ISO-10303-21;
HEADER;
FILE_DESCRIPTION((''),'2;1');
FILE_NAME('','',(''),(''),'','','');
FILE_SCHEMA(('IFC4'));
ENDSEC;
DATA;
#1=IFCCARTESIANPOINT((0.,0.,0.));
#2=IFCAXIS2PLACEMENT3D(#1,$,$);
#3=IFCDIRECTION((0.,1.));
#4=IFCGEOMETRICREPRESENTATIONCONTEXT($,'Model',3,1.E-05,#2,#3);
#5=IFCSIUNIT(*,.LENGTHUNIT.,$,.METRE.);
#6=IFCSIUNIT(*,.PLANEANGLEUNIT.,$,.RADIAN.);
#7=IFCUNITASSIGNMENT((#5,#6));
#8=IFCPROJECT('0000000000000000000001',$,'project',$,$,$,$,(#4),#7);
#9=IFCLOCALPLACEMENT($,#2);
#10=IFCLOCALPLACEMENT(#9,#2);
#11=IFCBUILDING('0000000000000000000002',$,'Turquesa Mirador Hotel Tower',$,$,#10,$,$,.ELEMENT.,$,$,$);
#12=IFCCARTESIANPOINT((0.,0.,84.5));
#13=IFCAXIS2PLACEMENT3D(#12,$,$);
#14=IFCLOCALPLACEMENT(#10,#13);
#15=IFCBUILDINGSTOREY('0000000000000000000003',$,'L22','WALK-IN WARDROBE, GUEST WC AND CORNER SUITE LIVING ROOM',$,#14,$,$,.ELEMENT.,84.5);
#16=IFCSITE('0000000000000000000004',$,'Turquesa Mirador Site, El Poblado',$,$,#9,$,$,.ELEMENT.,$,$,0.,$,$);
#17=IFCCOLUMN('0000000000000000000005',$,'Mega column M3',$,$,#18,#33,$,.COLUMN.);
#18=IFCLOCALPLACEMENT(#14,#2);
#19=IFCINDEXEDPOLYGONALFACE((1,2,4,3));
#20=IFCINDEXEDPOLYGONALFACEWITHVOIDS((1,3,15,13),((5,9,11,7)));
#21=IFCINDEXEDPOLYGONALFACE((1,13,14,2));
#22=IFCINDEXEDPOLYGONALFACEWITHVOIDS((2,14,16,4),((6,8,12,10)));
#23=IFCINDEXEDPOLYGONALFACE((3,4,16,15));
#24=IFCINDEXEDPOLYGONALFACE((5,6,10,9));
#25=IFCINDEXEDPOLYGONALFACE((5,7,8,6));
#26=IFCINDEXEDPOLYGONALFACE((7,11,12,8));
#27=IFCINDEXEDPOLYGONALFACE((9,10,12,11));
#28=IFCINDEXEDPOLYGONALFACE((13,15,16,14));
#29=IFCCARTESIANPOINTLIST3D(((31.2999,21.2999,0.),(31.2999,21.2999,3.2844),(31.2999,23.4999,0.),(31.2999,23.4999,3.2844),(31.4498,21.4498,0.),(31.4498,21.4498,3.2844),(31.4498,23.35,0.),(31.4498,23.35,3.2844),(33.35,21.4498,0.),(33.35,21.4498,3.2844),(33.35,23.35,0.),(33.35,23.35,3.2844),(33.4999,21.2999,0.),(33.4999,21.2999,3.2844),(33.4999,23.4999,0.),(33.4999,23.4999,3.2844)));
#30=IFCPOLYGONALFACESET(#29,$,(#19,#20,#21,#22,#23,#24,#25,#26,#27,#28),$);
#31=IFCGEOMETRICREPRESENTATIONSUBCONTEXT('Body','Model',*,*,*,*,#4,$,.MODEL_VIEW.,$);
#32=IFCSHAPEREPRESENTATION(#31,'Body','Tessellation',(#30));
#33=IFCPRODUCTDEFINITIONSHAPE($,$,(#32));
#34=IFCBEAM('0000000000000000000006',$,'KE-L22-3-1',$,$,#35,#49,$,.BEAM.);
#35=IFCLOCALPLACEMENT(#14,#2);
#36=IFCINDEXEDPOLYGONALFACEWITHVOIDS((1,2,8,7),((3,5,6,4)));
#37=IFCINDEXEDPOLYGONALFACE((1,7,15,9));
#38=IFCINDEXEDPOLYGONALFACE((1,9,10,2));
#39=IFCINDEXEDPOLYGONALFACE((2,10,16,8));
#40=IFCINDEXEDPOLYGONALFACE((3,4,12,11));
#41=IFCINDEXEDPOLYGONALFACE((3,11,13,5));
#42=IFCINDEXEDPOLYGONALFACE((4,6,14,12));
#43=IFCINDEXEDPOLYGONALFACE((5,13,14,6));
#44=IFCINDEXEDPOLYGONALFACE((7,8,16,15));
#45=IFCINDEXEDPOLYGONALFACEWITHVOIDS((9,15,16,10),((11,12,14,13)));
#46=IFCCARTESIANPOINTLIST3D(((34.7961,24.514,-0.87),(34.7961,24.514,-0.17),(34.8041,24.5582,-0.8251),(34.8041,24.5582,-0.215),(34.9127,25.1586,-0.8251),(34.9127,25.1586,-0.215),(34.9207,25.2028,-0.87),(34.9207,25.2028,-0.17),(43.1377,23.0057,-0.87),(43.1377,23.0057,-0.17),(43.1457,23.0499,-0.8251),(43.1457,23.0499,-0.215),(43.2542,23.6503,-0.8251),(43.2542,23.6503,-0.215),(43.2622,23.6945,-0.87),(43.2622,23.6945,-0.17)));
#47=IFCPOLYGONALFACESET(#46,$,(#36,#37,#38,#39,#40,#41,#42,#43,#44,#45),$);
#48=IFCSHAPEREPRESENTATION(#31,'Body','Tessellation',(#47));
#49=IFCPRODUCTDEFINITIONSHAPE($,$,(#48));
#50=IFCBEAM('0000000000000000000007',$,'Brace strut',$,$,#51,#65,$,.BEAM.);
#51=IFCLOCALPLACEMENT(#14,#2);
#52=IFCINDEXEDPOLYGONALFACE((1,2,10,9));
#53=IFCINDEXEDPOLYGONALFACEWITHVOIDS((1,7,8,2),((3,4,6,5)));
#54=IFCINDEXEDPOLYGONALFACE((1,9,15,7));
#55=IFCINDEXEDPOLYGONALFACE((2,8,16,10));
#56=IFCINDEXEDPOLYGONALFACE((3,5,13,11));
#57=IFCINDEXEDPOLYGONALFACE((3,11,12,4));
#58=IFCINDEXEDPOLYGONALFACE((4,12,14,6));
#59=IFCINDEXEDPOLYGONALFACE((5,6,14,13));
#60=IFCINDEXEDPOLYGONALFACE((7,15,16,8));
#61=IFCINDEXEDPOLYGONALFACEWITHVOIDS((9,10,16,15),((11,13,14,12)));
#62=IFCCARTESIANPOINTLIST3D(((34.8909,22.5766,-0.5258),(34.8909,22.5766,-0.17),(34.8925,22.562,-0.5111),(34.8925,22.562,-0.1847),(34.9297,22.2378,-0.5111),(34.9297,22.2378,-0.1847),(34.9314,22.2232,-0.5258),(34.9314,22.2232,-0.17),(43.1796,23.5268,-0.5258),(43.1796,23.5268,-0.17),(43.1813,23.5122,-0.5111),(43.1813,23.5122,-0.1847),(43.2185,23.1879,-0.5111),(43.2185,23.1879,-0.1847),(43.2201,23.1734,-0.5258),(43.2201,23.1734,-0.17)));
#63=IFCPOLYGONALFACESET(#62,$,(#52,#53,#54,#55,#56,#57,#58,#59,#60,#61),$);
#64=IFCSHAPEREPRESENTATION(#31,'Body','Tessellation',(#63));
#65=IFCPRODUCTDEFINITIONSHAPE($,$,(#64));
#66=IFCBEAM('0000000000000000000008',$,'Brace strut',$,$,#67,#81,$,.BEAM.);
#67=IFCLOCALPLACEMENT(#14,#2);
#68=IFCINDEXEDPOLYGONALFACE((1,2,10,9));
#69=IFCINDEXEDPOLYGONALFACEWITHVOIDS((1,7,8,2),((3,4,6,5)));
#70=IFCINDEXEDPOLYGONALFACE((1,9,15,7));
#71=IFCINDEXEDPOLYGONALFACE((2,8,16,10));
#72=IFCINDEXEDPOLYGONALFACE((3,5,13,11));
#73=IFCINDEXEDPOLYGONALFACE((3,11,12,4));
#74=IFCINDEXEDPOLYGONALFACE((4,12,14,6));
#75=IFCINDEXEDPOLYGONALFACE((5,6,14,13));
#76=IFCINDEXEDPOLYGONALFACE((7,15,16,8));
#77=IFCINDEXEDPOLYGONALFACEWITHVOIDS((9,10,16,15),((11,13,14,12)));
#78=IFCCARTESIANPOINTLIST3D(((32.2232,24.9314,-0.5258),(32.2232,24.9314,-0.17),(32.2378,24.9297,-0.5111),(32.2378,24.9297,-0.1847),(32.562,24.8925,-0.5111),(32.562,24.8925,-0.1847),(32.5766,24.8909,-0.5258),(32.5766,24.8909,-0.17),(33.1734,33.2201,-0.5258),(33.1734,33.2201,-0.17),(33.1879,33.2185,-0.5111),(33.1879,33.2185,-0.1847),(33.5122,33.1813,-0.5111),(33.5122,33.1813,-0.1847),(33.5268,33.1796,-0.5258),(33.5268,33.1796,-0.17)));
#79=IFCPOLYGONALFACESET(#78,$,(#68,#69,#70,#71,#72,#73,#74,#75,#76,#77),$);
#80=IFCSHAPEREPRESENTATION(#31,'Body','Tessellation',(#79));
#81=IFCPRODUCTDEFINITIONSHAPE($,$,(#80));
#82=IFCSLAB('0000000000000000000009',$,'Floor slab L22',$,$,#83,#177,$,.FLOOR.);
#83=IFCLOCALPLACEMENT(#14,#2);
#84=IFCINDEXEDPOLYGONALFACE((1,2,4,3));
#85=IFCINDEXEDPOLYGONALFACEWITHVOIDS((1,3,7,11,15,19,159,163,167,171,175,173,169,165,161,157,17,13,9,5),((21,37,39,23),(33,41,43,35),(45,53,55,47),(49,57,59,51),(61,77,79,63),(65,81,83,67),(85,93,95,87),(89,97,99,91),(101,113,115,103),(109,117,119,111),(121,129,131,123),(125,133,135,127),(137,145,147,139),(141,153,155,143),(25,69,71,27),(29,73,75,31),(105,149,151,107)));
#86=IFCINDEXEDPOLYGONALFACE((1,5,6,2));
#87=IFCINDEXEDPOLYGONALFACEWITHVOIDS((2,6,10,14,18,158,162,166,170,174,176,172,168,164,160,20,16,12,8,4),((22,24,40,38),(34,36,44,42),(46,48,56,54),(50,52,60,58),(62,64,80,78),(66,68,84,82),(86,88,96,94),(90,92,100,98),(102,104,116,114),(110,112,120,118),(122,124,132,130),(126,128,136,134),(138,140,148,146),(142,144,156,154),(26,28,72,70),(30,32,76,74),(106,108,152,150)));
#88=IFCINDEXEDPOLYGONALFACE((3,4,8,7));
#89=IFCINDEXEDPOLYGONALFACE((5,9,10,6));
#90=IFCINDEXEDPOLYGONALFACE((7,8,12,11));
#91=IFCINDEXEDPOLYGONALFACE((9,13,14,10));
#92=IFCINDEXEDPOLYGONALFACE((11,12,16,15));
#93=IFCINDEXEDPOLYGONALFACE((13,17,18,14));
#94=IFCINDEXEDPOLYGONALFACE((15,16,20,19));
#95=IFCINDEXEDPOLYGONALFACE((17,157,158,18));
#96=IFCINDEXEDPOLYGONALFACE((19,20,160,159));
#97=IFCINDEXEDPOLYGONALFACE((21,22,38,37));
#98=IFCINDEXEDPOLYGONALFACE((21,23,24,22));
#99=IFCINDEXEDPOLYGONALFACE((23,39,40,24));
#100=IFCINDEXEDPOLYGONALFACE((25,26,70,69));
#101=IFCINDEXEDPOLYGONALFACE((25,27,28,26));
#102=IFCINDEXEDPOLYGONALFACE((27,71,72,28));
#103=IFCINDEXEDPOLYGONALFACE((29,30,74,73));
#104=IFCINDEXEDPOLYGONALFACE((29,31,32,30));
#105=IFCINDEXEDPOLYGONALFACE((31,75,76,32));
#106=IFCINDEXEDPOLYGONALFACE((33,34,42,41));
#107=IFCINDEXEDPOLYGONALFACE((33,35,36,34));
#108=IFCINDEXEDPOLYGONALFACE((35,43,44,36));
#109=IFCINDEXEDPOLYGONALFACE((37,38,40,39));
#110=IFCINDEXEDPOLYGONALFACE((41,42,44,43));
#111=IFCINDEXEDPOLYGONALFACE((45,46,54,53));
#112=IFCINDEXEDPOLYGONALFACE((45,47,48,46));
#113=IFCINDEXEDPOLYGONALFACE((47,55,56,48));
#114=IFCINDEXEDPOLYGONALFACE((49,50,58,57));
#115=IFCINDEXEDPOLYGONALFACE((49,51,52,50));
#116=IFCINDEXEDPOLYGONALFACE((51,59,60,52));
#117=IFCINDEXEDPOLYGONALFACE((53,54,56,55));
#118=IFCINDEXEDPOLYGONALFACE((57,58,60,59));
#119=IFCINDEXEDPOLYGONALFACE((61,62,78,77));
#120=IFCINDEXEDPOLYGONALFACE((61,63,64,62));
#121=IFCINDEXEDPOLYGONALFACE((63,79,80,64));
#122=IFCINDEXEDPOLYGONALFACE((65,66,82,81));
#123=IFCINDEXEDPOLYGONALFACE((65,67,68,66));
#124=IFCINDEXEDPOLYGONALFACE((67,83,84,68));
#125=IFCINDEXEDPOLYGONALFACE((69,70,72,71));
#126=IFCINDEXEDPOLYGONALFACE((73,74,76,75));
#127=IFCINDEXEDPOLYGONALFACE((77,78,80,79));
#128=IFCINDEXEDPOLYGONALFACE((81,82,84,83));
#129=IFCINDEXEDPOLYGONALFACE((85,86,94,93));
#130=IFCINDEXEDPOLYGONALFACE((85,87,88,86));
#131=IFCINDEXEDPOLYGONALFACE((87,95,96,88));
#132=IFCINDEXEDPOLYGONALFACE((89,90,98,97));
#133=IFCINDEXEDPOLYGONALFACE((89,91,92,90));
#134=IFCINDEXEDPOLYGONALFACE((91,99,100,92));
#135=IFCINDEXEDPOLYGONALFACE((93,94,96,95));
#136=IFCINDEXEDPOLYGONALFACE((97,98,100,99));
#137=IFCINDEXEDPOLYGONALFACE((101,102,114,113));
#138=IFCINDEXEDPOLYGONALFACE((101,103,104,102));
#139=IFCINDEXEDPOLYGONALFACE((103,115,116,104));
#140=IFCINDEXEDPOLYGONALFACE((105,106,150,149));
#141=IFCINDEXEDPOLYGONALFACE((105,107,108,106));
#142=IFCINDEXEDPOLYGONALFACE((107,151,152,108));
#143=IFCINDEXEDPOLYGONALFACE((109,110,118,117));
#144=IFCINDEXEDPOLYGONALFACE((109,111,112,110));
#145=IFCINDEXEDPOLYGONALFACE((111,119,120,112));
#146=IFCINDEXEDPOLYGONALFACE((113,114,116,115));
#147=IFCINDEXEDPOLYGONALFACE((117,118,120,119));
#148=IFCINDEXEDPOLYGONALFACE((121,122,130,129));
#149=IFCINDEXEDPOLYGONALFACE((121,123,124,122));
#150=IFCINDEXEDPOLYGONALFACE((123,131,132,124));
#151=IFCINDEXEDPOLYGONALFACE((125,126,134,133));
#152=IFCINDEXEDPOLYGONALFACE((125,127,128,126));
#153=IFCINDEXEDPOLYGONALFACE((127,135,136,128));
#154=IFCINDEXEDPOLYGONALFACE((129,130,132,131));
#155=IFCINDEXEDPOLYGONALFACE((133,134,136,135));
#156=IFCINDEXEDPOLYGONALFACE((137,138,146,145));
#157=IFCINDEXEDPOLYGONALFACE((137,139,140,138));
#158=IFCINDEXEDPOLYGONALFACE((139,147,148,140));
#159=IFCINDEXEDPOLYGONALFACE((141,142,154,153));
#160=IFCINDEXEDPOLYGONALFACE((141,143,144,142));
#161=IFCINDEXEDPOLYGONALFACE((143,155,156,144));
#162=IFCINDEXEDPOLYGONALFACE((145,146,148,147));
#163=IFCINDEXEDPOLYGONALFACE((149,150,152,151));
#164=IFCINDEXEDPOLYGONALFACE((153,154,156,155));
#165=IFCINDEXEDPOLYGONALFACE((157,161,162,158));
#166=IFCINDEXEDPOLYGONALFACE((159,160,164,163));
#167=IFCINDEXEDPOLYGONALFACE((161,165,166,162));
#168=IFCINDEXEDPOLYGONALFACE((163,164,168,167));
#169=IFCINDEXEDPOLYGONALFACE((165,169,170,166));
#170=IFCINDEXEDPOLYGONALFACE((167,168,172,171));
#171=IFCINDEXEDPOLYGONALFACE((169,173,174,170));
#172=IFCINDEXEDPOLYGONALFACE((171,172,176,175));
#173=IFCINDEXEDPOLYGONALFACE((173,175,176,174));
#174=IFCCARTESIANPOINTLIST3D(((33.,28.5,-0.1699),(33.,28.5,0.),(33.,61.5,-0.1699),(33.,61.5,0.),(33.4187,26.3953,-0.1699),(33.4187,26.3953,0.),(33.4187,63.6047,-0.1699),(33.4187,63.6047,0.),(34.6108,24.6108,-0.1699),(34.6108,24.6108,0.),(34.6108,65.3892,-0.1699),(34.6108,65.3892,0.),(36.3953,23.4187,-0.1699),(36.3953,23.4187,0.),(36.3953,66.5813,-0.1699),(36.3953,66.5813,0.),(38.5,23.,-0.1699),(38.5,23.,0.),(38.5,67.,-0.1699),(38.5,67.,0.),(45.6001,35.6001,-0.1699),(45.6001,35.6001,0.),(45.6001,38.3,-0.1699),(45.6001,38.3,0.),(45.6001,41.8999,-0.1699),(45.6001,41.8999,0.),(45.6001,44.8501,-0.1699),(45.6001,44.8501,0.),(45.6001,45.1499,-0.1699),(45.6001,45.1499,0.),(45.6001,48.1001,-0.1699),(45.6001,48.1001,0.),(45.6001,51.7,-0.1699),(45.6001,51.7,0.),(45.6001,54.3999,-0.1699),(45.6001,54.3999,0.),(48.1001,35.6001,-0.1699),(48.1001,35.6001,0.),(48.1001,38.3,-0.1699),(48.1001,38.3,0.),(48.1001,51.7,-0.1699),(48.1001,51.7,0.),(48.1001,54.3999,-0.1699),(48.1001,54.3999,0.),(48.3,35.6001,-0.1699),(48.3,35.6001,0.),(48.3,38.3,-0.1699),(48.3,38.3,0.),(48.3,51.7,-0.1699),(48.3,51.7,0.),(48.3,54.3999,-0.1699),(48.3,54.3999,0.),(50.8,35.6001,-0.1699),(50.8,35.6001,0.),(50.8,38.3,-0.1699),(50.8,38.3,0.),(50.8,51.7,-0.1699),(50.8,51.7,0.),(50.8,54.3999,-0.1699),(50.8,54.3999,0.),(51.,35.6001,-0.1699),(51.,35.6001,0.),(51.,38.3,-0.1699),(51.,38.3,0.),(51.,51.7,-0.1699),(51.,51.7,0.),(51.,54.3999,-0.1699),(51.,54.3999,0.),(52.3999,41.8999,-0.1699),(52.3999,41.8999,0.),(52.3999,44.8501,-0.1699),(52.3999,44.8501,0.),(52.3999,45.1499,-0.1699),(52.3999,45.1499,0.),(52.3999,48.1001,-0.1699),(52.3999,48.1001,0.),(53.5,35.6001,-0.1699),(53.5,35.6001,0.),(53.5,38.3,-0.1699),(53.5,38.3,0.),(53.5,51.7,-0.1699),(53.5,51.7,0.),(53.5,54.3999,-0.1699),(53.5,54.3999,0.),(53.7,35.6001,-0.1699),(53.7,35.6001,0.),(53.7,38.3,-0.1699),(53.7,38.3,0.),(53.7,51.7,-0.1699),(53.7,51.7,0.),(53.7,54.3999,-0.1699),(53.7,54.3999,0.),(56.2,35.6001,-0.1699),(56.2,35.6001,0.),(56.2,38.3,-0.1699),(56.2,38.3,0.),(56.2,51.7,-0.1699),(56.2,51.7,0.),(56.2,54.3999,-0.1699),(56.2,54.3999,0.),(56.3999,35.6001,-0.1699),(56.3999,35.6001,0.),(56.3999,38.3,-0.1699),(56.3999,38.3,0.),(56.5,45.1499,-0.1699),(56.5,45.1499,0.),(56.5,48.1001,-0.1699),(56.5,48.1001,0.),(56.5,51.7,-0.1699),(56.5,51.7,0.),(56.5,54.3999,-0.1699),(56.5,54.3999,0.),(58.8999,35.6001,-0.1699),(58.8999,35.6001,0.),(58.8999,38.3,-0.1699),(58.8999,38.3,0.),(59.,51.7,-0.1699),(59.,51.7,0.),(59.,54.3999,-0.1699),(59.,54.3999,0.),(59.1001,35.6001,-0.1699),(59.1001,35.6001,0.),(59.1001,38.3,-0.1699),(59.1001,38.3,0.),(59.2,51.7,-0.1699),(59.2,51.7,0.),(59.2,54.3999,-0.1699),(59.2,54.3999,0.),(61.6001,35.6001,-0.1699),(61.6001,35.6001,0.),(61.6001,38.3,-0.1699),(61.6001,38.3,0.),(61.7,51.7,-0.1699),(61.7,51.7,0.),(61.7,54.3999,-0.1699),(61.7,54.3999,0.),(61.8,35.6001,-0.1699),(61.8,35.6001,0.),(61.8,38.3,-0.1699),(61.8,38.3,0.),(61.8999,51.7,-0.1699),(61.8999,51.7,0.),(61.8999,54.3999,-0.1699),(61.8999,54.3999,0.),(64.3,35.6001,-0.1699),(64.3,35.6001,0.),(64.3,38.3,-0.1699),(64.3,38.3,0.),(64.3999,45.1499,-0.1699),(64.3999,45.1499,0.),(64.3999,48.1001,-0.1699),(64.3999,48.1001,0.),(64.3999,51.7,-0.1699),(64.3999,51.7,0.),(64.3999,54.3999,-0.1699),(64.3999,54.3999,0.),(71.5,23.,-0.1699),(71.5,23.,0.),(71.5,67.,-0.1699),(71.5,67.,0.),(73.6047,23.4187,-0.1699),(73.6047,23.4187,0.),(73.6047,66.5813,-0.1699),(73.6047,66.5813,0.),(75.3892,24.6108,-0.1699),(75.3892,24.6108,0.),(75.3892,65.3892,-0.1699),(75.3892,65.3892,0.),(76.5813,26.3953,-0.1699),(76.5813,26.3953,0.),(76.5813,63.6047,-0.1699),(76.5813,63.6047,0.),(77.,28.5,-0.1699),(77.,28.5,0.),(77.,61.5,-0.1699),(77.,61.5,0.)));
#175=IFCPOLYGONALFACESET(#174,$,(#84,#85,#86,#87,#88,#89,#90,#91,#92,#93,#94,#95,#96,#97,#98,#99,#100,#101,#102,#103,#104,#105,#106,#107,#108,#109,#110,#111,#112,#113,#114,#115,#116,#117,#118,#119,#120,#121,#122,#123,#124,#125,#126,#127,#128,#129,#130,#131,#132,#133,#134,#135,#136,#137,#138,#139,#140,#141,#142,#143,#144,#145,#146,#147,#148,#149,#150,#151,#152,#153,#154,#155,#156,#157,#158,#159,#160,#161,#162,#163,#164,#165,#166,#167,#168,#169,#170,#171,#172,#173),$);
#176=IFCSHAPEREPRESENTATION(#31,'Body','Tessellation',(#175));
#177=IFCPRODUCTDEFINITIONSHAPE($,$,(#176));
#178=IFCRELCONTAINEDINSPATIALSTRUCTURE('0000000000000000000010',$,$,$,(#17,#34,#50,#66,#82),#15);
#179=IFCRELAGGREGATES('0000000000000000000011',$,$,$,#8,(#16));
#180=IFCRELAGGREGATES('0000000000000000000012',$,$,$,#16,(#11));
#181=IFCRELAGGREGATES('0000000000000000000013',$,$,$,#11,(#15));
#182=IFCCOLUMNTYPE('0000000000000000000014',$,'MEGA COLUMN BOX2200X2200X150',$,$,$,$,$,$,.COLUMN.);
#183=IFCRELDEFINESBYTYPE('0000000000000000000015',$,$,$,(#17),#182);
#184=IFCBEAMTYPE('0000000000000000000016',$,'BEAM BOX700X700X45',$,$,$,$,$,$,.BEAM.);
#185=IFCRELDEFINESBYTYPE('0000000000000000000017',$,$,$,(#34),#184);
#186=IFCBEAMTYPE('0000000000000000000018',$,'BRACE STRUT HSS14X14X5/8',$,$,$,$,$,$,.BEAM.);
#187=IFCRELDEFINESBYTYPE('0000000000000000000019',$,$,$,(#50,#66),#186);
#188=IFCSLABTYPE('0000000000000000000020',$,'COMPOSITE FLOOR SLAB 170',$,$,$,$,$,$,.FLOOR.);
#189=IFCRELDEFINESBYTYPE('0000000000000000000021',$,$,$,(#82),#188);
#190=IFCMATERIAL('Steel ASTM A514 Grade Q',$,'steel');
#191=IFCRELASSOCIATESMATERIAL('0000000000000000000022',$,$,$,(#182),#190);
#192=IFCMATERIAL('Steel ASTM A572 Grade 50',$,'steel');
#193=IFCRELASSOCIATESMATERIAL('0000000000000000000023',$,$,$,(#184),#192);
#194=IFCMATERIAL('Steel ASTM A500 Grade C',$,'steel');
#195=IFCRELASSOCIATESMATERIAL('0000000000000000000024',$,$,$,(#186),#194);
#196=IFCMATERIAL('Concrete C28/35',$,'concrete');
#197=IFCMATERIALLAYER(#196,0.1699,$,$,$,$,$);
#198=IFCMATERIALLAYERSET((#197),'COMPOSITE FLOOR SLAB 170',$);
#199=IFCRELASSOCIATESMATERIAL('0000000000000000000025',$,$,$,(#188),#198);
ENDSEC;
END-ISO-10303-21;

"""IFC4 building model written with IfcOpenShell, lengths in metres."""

from ifc_helpers import new_model, si_unit, direction, frame, origin, origin_2d, place, context, subcontext, project, spatial, polyline, hollow_rectangle, outline, extrude, clip, halfspace, material, layer, layer_set, material_profile, profile_set, type_object, element, save


model = new_model("IFC4")

# Units and contexts
model_context = context("Model", 3, precision=1e-05, world=origin(), true_north=direction((0.0, 1.0)))
body_context = subcontext(model_context, "Body", "Model", "MODEL_VIEW")
ifc_project = project(units=[si_unit("LENGTHUNIT", "METRE"), si_unit("PLANEANGLEUNIT", "RADIAN")], contexts=[model_context])

# Site, building, storey
site_placement = place(None, origin())
site = spatial("IfcSite", under=ifc_project, at=site_placement, Name="Turquesa Mirador Site, El Poblado", CompositionType="ELEMENT", RefElevation=0.0)
building_placement = place(site_placement, origin())
building = spatial("IfcBuilding", under=site, at=building_placement, Name="Turquesa Mirador Hotel Tower", CompositionType="ELEMENT")
storey_placement = place(building_placement, frame((0.0, 0.0, 84.5)))
storey = spatial("IfcBuildingStorey", under=building, at=storey_placement, Name="L22", Description="WALK-IN WARDROBE, GUEST WC AND CORNER SUITE LIVING ROOM", CompositionType="ELEMENT", Elevation=84.5)

# Column
ifc_material_1 = material(Name="Steel ASTM A514 Grade Q", Category="steel")
ifc_material_profile_1 = material_profile(ifc_material_1, hollow_rectangle(XDim=2.2, YDim=2.2, WallThickness=0.1499, at=origin_2d()), Name="BOX2200X2200X150")
ifc_profile_set_1 = profile_set([ifc_material_profile_1], Name="Steel ASTM A514 Grade Q")
column_type = type_object("IfcColumnType", Name="MEGA COLUMN BOX2200X2200X150", PredefinedType="COLUMN", material=ifc_profile_set_1)
column_placement = place(storey_placement, frame((32.3999, 22.3999, 0.0), z_axis=(0.0, 0.0, 1.0), x_axis=(1.0, 0.0, 0.0)))
element("IfcColumn", 1, at=column_placement, inside=storey, type_object=column_type, Name="Mega column M3", PredefinedType="COLUMN", context=body_context, shape_type="Clipping", body=[
    clip(extrude(hollow_rectangle(XDim=2.2, YDim=2.2, WallThickness=0.1499, at=origin_2d()), origin(), (0.0, 0.0, 1.0), 3.5), halfspace(frame((0.0, 0.0, 3.2844), z_axis=(0.0, 0.0, 1.0), x_axis=(1.0, 0.0, 0.0)), False)),
])

# Beams
ifc_material_2 = material(Name="Steel ASTM A572 Grade 50", Category="steel")
ifc_material_profile_2 = material_profile(ifc_material_2, hollow_rectangle(XDim=0.7, YDim=0.7, WallThickness=0.0449, at=origin_2d()), Name="BOX700X700X45")
ifc_profile_set_2 = profile_set([ifc_material_profile_2], Name="Steel ASTM A572 Grade 50")
beam_type_1 = type_object("IfcBeamType", Name="BEAM BOX700X700X45", PredefinedType="BEAM", material=ifc_profile_set_2)
beam_placement = place(storey_placement, frame((34.8584, 24.8584, -0.52), z_axis=(0.984043, -0.177932, 0.0), x_axis=(0.177932, 0.984043, 0.0)))
element("IfcBeam", 2, at=beam_placement, inside=storey, type_object=beam_type_1, Name="KE-L22-3-1", PredefinedType="BEAM", context=body_context, shape_type="SweptSolid", body=[
    extrude(hollow_rectangle(XDim=0.7, YDim=0.7, WallThickness=0.0449, at=origin_2d()), origin(), (0.0, 0.0, 1.0), 8.4768),
])
ifc_material_3 = material(Name="Steel ASTM A500 Grade C", Category="steel")
ifc_material_profile_3 = material_profile(ifc_material_3, hollow_rectangle(XDim=0.3557, YDim=0.3557, WallThickness=0.0146, at=origin_2d()), Name="HSS14X14X5/8")
ifc_profile_set_3 = profile_set([ifc_material_profile_3], Name="Steel ASTM A500 Grade C")
beam_type_2 = type_object("IfcBeamType", Name="BRACE STRUT HSS14X14X5/8", PredefinedType="BEAM", material=ifc_profile_set_3)
for number, where, z_axis, x_axis, name in (
    (3, (34.9111, 22.3999, -0.3479), (0.993493, 0.11389, 0.0), (-0.11389, 0.993493, 0.0), "Brace strut"),
    (4, (32.3999, 24.9111, -0.3479), (0.11389, 0.993493, 0.0), (-0.993493, 0.11389, 0.0), "Brace strut"),
):
    element("IfcBeam", number, at=place(storey_placement, frame(where, z_axis=z_axis, x_axis=x_axis)), inside=storey, type_object=beam_type_2, Name=name, PredefinedType="BEAM", context=body_context, shape_type="SweptSolid", body=[
        extrude(hollow_rectangle(XDim=0.3557, YDim=0.3557, WallThickness=0.0146, at=origin_2d()), origin(), (0.0, 0.0, 1.0), 8.343),
    ])

# Slab
ifc_material_4 = material(Name="Concrete C28/35", Category="concrete")
ifc_layer_1 = layer(ifc_material_4, 0.1699)
ifc_layer_set_1 = layer_set([ifc_layer_1], Name="COMPOSITE FLOOR SLAB 170")
slab_type_1 = type_object("IfcSlabType", Name="COMPOSITE FLOOR SLAB 170", PredefinedType="FLOOR", material=ifc_layer_set_1)
slab_1_placement = place(storey_placement, frame((0.0, 0.0, -0.1699)))
element("IfcSlab", 5, at=slab_1_placement, inside=storey, type_object=slab_type_1, Name="Floor slab L22", PredefinedType="FLOOR", context=body_context, shape_type="SweptSolid", body=[
    extrude(outline(polyline([(71.5, 23.0), (73.6047, 23.4187), (75.3892, 24.6108), (76.5813, 26.3953), (77.0, 28.5), (77.0, 61.5), (76.5813, 63.6047), (75.3892, 65.3892), (73.6047, 66.5813), (71.5, 67.0), (38.5, 67.0), (36.3953, 66.5813), (34.6108, 65.3892), (33.4187, 63.6047), (33.0, 61.5), (33.0, 28.5), (33.4187, 26.3953), (34.6108, 24.6108), (36.3953, 23.4187), (38.5, 23.0), (71.5, 23.0)]), holes=[polyline([(45.6001, 51.7), (48.1001, 51.7), (48.1001, 54.3999), (45.6001, 54.3999), (45.6001, 51.7)]), polyline([(48.3, 51.7), (50.8, 51.7), (50.8, 54.3999), (48.3, 54.3999), (48.3, 51.7)]), polyline([(51.0, 51.7), (53.5, 51.7), (53.5, 54.3999), (51.0, 54.3999), (51.0, 51.7)]), polyline([(53.7, 51.7), (56.2, 51.7), (56.2, 54.3999), (53.7, 54.3999), (53.7, 51.7)]), polyline([(56.5, 51.7), (59.0, 51.7), (59.0, 54.3999), (56.5, 54.3999), (56.5, 51.7)]), polyline([(59.2, 51.7), (61.7, 51.7), (61.7, 54.3999), (59.2, 54.3999), (59.2, 51.7)]), polyline([(45.6001, 35.6001), (48.1001, 35.6001), (48.1001, 38.3), (45.6001, 38.3), (45.6001, 35.6001)]), polyline([(48.3, 35.6001), (50.8, 35.6001), (50.8, 38.3), (48.3, 38.3), (48.3, 35.6001)]), polyline([(51.0, 35.6001), (53.5, 35.6001), (53.5, 38.3), (51.0, 38.3), (51.0, 35.6001)]), polyline([(53.7, 35.6001), (56.2, 35.6001), (56.2, 38.3), (53.7, 38.3), (53.7, 35.6001)]), polyline([(56.3999, 35.6001), (58.8999, 35.6001), (58.8999, 38.3), (56.3999, 38.3), (56.3999, 35.6001)]), polyline([(59.1001, 35.6001), (61.6001, 35.6001), (61.6001, 38.3), (59.1001, 38.3), (59.1001, 35.6001)]), polyline([(61.8, 35.6001), (64.3, 35.6001), (64.3, 38.3), (61.8, 38.3), (61.8, 35.6001)]), polyline([(45.6001, 45.1499), (52.3999, 45.1499), (52.3999, 48.1001), (45.6001, 48.1001), (45.6001, 45.1499)]), polyline([(45.6001, 41.8999), (52.3999, 41.8999), (52.3999, 44.8501), (45.6001, 44.8501), (45.6001, 41.8999)]), polyline([(56.5, 45.1499), (64.3999, 45.1499), (64.3999, 48.1001), (56.5, 48.1001), (56.5, 45.1499)]), polyline([(61.8999, 51.7), (64.3999, 51.7), (64.3999, 54.3999), (61.8999, 54.3999), (61.8999, 51.7)])]), origin(), (0.0, 0.0, 1.0), 0.1699),
])

save(model, "model.ifc")
